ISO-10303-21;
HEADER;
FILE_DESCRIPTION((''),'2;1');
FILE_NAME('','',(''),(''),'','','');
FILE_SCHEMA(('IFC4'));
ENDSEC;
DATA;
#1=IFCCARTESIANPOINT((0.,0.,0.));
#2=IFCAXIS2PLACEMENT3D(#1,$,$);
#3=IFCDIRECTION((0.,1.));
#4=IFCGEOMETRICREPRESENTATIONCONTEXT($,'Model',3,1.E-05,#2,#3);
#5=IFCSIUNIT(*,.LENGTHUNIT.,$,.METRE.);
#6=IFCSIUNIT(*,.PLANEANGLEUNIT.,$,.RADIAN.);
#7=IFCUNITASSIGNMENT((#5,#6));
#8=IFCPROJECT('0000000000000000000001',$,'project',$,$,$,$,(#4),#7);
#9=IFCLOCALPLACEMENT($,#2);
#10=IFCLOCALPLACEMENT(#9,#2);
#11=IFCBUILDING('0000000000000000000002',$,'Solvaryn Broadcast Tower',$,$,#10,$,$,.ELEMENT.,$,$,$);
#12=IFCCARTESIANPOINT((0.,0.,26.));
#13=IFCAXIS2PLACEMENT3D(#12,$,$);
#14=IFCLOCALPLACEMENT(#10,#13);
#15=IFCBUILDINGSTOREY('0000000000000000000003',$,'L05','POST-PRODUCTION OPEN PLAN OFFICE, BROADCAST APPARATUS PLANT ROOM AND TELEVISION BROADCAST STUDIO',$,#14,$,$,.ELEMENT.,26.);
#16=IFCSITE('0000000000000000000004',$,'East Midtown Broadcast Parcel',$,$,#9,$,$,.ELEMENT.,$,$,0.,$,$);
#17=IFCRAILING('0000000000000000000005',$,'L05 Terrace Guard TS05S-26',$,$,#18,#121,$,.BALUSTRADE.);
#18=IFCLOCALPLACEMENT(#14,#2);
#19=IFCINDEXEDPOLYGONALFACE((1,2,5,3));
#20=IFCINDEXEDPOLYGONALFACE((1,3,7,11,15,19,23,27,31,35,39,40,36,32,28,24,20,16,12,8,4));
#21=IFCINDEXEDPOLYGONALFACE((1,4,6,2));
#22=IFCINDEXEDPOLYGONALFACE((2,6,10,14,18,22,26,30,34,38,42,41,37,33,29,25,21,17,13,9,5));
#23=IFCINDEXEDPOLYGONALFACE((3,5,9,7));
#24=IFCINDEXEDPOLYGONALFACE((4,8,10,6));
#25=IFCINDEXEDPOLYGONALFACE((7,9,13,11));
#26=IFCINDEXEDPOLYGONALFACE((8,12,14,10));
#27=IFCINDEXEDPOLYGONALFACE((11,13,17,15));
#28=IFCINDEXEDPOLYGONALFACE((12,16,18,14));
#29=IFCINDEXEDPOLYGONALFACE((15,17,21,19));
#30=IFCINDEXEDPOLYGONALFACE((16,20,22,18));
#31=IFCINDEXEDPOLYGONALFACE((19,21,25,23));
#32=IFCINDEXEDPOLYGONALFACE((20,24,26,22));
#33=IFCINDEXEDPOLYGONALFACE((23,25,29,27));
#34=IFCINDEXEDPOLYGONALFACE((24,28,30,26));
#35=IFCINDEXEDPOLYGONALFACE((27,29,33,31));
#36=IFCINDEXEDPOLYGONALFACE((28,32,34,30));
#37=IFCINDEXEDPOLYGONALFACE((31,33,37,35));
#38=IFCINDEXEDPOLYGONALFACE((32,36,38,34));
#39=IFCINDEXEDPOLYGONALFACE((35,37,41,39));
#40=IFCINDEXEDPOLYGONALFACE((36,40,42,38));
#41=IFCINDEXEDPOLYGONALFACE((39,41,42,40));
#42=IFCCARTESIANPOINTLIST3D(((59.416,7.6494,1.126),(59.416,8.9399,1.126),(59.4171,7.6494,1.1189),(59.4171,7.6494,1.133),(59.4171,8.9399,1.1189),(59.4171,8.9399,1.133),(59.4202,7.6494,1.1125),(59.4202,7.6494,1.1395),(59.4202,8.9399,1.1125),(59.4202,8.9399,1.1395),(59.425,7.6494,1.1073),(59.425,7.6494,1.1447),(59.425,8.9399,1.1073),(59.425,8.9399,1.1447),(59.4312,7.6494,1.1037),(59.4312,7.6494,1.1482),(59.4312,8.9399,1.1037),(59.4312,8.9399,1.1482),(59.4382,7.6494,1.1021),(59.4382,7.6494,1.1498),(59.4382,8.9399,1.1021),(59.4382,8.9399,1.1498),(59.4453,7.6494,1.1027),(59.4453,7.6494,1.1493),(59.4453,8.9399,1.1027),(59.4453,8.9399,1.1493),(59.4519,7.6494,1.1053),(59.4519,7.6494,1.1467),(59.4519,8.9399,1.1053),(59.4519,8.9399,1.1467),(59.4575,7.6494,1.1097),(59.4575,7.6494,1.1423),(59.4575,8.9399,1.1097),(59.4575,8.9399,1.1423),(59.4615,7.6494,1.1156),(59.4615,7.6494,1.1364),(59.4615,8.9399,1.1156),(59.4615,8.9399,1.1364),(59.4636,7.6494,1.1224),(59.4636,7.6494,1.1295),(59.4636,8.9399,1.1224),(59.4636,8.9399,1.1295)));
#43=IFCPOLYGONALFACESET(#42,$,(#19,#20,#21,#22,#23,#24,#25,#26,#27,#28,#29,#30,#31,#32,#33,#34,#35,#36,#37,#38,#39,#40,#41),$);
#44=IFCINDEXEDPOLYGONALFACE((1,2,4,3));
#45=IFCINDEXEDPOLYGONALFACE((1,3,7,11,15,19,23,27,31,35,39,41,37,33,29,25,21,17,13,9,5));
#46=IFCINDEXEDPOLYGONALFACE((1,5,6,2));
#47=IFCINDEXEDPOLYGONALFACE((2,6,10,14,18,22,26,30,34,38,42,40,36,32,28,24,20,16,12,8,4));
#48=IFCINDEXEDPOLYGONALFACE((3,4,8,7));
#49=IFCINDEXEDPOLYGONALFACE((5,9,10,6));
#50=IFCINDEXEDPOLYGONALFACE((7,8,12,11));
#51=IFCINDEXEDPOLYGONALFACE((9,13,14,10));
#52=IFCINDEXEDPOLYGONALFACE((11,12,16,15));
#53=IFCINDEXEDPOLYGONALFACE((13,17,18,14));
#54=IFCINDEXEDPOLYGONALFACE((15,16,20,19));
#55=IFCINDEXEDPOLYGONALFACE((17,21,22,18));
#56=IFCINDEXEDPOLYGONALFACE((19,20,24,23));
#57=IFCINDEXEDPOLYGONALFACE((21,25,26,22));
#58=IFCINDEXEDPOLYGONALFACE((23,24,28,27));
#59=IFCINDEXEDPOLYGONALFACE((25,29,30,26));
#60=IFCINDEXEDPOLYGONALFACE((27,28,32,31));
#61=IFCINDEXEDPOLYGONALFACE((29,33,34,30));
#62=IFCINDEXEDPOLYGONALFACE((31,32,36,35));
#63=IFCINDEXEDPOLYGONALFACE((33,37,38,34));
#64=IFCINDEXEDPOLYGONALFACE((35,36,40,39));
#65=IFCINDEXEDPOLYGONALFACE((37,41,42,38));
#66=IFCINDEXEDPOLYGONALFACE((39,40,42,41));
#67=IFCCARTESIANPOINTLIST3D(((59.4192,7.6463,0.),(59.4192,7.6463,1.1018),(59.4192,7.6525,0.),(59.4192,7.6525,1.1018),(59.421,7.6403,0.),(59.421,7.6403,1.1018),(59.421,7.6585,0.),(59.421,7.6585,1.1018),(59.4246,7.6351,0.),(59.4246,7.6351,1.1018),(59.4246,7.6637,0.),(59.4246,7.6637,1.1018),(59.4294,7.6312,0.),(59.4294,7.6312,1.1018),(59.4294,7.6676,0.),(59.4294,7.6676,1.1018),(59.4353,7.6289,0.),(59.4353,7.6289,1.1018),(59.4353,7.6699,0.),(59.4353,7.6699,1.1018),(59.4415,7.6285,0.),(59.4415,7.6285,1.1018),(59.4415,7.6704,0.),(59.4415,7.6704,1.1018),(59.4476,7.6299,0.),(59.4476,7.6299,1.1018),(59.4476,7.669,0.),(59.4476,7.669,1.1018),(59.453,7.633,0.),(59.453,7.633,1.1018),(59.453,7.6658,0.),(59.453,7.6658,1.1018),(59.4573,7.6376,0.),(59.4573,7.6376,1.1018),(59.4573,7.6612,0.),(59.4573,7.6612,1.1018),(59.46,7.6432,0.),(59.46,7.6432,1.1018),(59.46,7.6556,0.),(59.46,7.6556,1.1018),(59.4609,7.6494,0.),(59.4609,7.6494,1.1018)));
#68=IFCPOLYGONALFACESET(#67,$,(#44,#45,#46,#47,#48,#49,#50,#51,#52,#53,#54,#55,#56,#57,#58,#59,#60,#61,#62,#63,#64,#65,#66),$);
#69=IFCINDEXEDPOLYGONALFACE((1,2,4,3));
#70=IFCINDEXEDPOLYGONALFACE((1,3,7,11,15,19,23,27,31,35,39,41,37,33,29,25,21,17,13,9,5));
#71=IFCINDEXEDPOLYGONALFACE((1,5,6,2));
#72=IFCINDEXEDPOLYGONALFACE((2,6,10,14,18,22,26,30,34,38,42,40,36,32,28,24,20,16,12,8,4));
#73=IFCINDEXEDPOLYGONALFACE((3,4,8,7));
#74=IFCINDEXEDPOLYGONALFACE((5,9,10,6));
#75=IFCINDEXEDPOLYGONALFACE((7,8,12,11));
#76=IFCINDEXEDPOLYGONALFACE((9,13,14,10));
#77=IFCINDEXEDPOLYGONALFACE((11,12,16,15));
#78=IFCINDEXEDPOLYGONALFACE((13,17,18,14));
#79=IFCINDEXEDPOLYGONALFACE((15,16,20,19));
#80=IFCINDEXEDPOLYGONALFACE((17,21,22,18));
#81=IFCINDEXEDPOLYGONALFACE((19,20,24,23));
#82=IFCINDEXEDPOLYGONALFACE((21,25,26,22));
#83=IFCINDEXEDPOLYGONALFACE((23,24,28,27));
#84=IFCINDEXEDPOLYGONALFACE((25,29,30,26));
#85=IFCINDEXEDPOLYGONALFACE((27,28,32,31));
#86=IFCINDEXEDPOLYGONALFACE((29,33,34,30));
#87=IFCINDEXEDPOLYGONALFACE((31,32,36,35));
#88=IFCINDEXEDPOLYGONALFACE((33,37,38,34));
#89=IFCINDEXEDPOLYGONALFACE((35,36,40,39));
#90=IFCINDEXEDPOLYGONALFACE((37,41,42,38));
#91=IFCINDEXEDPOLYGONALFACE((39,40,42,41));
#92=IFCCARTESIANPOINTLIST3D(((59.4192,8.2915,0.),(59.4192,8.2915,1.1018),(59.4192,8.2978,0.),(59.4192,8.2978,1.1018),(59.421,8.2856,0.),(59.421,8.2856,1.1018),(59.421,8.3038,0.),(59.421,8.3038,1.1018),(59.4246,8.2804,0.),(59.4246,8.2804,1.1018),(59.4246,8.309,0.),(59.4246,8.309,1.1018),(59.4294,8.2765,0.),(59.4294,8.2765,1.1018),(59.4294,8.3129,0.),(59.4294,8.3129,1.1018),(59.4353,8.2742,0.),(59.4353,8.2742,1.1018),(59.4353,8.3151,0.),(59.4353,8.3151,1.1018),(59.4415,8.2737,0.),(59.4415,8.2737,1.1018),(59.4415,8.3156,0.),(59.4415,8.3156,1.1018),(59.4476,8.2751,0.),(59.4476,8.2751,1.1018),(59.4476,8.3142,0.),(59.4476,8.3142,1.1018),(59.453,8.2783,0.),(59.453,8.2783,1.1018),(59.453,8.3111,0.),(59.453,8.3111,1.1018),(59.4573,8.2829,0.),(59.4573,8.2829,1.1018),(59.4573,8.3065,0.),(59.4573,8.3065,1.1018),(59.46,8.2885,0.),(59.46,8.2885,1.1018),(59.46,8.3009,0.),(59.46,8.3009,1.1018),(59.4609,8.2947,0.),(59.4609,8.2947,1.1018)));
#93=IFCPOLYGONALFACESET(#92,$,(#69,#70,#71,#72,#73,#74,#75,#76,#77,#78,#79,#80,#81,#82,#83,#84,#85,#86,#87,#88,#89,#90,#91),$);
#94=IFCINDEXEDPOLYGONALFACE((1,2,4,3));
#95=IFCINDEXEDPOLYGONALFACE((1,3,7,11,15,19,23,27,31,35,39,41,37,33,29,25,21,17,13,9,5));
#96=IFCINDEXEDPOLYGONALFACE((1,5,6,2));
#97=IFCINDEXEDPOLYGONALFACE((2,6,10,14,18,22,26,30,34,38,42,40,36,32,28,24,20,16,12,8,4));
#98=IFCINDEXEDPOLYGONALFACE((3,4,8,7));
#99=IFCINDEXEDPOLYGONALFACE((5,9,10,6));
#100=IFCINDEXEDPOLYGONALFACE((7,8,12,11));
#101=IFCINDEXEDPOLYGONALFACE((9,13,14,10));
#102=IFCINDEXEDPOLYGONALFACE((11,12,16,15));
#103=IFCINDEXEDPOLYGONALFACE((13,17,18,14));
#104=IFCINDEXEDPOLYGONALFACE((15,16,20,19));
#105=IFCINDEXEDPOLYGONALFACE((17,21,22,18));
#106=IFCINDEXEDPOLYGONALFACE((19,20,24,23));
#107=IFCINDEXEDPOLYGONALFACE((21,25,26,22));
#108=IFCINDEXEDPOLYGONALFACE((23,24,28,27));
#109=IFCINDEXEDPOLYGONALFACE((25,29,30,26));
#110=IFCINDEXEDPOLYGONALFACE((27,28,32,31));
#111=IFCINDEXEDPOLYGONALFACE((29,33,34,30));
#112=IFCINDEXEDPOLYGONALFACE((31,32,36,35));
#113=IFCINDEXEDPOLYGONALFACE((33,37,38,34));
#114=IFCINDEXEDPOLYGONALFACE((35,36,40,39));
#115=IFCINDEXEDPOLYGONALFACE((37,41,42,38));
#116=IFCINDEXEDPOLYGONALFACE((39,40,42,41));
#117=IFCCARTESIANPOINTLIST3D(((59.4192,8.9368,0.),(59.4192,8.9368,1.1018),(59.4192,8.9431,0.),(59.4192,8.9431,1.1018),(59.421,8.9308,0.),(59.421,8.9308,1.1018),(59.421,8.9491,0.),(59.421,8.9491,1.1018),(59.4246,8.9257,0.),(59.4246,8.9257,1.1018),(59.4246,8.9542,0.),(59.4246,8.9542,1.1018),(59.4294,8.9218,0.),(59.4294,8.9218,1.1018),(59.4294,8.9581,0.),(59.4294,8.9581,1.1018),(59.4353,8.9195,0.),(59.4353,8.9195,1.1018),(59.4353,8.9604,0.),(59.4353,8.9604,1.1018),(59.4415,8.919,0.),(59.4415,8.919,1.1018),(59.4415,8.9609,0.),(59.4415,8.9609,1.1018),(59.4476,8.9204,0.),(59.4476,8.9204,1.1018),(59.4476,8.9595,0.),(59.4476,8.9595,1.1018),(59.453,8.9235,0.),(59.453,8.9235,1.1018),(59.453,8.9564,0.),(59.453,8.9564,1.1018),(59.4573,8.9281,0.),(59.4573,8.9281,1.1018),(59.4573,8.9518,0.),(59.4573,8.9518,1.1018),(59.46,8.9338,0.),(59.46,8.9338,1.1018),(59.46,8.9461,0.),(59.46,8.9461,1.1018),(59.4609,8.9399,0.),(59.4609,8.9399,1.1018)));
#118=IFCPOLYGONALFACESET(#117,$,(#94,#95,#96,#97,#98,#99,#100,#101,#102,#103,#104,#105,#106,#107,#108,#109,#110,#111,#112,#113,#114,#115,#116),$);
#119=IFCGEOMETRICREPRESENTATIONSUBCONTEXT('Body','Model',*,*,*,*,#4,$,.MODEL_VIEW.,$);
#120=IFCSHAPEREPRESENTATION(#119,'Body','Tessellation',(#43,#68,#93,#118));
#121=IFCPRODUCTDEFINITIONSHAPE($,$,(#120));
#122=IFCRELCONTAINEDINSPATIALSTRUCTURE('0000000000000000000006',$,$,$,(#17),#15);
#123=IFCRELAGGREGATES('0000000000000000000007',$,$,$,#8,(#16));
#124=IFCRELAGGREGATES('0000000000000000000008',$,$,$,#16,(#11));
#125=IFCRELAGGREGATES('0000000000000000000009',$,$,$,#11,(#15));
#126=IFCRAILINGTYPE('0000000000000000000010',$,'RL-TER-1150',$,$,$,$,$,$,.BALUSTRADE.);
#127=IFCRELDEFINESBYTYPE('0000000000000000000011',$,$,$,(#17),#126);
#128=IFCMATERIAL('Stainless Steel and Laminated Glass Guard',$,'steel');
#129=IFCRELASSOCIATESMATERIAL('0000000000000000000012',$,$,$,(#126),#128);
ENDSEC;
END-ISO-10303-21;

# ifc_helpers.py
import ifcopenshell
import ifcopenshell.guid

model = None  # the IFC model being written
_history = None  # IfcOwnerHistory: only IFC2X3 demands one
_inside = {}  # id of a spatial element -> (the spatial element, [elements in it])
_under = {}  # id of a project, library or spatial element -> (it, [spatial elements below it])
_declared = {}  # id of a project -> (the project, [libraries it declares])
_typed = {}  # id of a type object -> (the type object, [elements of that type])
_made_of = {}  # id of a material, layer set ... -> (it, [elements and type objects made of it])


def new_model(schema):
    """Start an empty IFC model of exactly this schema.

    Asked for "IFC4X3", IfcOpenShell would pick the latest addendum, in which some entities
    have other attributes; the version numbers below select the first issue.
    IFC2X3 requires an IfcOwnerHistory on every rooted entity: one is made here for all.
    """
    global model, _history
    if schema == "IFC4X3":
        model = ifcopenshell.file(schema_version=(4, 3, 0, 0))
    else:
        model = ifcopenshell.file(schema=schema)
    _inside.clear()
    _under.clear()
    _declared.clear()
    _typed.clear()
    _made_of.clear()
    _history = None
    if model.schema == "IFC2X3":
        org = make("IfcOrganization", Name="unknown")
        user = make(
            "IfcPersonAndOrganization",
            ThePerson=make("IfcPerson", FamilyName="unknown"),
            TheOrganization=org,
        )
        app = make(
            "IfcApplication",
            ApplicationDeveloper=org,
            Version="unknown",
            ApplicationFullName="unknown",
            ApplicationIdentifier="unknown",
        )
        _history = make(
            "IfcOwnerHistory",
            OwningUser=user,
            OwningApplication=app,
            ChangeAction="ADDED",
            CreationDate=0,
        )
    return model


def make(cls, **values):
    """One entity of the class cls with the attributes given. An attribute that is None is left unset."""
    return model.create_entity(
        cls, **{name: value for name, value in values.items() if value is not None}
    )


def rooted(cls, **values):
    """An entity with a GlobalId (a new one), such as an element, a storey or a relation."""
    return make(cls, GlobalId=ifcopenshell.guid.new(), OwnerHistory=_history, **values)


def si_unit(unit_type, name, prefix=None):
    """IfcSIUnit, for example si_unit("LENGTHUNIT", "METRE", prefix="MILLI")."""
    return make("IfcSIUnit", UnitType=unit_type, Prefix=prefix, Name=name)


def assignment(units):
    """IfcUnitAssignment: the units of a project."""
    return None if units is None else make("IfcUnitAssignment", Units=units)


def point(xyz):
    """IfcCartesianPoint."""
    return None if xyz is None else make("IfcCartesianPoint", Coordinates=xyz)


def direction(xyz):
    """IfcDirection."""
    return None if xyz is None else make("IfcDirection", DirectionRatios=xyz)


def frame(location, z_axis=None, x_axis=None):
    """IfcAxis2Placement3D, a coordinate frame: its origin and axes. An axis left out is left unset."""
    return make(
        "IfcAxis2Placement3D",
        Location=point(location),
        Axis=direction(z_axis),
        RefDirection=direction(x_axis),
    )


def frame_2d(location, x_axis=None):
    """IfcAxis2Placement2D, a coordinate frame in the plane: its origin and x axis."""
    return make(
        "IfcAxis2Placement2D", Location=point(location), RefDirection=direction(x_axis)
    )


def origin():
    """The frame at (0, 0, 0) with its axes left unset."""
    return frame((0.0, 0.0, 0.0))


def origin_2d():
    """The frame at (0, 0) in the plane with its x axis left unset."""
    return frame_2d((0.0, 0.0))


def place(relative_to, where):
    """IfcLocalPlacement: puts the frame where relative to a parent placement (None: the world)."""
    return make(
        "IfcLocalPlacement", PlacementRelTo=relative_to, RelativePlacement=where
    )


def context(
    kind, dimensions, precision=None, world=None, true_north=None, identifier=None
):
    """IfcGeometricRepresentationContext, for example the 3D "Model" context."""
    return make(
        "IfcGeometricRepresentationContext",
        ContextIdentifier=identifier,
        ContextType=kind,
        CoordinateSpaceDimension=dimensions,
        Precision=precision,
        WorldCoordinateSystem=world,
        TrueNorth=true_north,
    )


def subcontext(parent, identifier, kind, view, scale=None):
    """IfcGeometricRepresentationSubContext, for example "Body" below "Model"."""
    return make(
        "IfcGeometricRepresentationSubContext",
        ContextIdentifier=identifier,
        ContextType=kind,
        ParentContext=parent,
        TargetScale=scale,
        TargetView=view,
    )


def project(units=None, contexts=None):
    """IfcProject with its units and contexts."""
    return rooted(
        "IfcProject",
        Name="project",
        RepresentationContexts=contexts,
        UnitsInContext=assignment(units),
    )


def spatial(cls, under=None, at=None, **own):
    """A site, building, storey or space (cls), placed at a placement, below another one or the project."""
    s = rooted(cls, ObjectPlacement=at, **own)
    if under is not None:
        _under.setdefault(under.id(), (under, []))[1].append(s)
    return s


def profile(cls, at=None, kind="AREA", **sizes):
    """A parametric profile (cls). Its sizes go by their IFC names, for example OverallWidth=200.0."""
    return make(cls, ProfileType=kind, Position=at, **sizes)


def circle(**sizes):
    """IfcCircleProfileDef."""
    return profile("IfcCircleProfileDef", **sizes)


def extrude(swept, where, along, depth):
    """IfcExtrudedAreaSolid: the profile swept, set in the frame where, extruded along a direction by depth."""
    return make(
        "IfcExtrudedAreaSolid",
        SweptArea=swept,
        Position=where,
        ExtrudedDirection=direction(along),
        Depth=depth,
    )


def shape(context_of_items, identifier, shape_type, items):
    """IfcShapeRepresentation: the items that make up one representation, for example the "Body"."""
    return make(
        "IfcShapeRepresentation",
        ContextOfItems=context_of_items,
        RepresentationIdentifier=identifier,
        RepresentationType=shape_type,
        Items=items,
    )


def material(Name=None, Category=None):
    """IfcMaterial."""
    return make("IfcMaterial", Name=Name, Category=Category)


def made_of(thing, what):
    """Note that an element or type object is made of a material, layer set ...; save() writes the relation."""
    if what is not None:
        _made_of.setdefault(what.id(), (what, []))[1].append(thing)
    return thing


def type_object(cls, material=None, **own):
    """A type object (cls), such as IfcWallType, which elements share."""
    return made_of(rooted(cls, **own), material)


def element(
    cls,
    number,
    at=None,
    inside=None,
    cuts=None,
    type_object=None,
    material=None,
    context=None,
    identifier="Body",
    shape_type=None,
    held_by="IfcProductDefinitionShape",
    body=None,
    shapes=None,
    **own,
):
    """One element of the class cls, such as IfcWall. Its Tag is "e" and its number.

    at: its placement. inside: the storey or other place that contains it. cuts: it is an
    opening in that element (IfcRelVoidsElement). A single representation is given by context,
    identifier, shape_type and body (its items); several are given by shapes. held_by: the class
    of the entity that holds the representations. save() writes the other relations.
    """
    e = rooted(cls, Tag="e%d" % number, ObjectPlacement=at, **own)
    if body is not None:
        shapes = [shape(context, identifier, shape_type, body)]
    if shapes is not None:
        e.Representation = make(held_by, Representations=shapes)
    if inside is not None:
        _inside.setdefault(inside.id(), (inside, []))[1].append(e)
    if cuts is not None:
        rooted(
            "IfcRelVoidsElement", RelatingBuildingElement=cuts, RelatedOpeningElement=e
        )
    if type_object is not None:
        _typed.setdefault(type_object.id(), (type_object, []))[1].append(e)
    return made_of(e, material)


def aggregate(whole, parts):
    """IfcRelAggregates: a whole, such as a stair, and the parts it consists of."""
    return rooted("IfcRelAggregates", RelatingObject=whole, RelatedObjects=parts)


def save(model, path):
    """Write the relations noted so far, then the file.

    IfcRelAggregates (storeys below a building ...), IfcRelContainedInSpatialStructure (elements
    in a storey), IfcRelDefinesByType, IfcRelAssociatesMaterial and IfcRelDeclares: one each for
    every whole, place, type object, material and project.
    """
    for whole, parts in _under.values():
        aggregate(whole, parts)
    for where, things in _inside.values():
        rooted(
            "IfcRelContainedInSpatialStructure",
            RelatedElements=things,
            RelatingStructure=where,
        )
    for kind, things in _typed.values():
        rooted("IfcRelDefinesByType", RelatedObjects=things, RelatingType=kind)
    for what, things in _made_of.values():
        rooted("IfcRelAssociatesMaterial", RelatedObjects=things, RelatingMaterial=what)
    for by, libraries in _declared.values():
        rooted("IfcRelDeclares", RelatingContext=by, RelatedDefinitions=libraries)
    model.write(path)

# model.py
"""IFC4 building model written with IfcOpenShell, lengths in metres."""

from ifc_helpers import new_model, si_unit, direction, frame, origin, origin_2d, place, context, subcontext, project, spatial, circle, extrude, material, type_object, element, save


model = new_model("IFC4")

# Units and contexts
model_context = context("Model", 3, precision=1e-05, world=origin(), true_north=direction((0.0, 1.0)))
body_context = subcontext(model_context, "Body", "Model", "MODEL_VIEW")
ifc_project = project(units=[si_unit("LENGTHUNIT", "METRE"), si_unit("PLANEANGLEUNIT", "RADIAN")], contexts=[model_context])

# Site, building, storey
site_placement = place(None, origin())
site = spatial("IfcSite", under=ifc_project, at=site_placement, Name="East Midtown Broadcast Parcel", CompositionType="ELEMENT", RefElevation=0.0)
building_placement = place(site_placement, origin())
building = spatial("IfcBuilding", under=site, at=building_placement, Name="Solvaryn Broadcast Tower", CompositionType="ELEMENT")
storey_placement = place(building_placement, frame((0.0, 0.0, 26.0)))
storey = spatial("IfcBuildingStorey", under=building, at=storey_placement, Name="L05", Description="POST-PRODUCTION OPEN PLAN OFFICE, BROADCAST APPARATUS PLANT ROOM AND TELEVISION BROADCAST STUDIO", CompositionType="ELEMENT", Elevation=26.0)

# Railing
ifc_material_1 = material(Name="Stainless Steel and Laminated Glass Guard", Category="steel")
railing_type = type_object("IfcRailingType", Name="RL-TER-1150", PredefinedType="BALUSTRADE", material=ifc_material_1)
railing_1_placement = place(storey_placement, frame((59.4399, 7.6494, 0.0)))
element("IfcRailing", 1, at=railing_1_placement, inside=storey, type_object=railing_type, Name="L05 Terrace Guard TS05S-26", PredefinedType="BALUSTRADE", context=body_context, shape_type="SweptSolid", body=[
    extrude(circle(Radius=0.0239, at=origin_2d()), frame((0.0, 0.0, 1.126), z_axis=(0.0, 1.0, 0.0), x_axis=(-1.0, 0.0, 0.0)), (0.0, 0.0, 1.0), 1.2905),
    extrude(circle(Radius=0.021, at=origin_2d()), origin(), (0.0, 0.0, 1.0), 1.1018),
    extrude(circle(Radius=0.021, at=origin_2d()), frame((0.0, 0.6453, 0.0)), (0.0, 0.0, 1.0), 1.1018),
    extrude(circle(Radius=0.021, at=origin_2d()), frame((0.0, 1.2905, 0.0)), (0.0, 0.0, 1.0), 1.1018),
])

save(model, "model.ifc")
